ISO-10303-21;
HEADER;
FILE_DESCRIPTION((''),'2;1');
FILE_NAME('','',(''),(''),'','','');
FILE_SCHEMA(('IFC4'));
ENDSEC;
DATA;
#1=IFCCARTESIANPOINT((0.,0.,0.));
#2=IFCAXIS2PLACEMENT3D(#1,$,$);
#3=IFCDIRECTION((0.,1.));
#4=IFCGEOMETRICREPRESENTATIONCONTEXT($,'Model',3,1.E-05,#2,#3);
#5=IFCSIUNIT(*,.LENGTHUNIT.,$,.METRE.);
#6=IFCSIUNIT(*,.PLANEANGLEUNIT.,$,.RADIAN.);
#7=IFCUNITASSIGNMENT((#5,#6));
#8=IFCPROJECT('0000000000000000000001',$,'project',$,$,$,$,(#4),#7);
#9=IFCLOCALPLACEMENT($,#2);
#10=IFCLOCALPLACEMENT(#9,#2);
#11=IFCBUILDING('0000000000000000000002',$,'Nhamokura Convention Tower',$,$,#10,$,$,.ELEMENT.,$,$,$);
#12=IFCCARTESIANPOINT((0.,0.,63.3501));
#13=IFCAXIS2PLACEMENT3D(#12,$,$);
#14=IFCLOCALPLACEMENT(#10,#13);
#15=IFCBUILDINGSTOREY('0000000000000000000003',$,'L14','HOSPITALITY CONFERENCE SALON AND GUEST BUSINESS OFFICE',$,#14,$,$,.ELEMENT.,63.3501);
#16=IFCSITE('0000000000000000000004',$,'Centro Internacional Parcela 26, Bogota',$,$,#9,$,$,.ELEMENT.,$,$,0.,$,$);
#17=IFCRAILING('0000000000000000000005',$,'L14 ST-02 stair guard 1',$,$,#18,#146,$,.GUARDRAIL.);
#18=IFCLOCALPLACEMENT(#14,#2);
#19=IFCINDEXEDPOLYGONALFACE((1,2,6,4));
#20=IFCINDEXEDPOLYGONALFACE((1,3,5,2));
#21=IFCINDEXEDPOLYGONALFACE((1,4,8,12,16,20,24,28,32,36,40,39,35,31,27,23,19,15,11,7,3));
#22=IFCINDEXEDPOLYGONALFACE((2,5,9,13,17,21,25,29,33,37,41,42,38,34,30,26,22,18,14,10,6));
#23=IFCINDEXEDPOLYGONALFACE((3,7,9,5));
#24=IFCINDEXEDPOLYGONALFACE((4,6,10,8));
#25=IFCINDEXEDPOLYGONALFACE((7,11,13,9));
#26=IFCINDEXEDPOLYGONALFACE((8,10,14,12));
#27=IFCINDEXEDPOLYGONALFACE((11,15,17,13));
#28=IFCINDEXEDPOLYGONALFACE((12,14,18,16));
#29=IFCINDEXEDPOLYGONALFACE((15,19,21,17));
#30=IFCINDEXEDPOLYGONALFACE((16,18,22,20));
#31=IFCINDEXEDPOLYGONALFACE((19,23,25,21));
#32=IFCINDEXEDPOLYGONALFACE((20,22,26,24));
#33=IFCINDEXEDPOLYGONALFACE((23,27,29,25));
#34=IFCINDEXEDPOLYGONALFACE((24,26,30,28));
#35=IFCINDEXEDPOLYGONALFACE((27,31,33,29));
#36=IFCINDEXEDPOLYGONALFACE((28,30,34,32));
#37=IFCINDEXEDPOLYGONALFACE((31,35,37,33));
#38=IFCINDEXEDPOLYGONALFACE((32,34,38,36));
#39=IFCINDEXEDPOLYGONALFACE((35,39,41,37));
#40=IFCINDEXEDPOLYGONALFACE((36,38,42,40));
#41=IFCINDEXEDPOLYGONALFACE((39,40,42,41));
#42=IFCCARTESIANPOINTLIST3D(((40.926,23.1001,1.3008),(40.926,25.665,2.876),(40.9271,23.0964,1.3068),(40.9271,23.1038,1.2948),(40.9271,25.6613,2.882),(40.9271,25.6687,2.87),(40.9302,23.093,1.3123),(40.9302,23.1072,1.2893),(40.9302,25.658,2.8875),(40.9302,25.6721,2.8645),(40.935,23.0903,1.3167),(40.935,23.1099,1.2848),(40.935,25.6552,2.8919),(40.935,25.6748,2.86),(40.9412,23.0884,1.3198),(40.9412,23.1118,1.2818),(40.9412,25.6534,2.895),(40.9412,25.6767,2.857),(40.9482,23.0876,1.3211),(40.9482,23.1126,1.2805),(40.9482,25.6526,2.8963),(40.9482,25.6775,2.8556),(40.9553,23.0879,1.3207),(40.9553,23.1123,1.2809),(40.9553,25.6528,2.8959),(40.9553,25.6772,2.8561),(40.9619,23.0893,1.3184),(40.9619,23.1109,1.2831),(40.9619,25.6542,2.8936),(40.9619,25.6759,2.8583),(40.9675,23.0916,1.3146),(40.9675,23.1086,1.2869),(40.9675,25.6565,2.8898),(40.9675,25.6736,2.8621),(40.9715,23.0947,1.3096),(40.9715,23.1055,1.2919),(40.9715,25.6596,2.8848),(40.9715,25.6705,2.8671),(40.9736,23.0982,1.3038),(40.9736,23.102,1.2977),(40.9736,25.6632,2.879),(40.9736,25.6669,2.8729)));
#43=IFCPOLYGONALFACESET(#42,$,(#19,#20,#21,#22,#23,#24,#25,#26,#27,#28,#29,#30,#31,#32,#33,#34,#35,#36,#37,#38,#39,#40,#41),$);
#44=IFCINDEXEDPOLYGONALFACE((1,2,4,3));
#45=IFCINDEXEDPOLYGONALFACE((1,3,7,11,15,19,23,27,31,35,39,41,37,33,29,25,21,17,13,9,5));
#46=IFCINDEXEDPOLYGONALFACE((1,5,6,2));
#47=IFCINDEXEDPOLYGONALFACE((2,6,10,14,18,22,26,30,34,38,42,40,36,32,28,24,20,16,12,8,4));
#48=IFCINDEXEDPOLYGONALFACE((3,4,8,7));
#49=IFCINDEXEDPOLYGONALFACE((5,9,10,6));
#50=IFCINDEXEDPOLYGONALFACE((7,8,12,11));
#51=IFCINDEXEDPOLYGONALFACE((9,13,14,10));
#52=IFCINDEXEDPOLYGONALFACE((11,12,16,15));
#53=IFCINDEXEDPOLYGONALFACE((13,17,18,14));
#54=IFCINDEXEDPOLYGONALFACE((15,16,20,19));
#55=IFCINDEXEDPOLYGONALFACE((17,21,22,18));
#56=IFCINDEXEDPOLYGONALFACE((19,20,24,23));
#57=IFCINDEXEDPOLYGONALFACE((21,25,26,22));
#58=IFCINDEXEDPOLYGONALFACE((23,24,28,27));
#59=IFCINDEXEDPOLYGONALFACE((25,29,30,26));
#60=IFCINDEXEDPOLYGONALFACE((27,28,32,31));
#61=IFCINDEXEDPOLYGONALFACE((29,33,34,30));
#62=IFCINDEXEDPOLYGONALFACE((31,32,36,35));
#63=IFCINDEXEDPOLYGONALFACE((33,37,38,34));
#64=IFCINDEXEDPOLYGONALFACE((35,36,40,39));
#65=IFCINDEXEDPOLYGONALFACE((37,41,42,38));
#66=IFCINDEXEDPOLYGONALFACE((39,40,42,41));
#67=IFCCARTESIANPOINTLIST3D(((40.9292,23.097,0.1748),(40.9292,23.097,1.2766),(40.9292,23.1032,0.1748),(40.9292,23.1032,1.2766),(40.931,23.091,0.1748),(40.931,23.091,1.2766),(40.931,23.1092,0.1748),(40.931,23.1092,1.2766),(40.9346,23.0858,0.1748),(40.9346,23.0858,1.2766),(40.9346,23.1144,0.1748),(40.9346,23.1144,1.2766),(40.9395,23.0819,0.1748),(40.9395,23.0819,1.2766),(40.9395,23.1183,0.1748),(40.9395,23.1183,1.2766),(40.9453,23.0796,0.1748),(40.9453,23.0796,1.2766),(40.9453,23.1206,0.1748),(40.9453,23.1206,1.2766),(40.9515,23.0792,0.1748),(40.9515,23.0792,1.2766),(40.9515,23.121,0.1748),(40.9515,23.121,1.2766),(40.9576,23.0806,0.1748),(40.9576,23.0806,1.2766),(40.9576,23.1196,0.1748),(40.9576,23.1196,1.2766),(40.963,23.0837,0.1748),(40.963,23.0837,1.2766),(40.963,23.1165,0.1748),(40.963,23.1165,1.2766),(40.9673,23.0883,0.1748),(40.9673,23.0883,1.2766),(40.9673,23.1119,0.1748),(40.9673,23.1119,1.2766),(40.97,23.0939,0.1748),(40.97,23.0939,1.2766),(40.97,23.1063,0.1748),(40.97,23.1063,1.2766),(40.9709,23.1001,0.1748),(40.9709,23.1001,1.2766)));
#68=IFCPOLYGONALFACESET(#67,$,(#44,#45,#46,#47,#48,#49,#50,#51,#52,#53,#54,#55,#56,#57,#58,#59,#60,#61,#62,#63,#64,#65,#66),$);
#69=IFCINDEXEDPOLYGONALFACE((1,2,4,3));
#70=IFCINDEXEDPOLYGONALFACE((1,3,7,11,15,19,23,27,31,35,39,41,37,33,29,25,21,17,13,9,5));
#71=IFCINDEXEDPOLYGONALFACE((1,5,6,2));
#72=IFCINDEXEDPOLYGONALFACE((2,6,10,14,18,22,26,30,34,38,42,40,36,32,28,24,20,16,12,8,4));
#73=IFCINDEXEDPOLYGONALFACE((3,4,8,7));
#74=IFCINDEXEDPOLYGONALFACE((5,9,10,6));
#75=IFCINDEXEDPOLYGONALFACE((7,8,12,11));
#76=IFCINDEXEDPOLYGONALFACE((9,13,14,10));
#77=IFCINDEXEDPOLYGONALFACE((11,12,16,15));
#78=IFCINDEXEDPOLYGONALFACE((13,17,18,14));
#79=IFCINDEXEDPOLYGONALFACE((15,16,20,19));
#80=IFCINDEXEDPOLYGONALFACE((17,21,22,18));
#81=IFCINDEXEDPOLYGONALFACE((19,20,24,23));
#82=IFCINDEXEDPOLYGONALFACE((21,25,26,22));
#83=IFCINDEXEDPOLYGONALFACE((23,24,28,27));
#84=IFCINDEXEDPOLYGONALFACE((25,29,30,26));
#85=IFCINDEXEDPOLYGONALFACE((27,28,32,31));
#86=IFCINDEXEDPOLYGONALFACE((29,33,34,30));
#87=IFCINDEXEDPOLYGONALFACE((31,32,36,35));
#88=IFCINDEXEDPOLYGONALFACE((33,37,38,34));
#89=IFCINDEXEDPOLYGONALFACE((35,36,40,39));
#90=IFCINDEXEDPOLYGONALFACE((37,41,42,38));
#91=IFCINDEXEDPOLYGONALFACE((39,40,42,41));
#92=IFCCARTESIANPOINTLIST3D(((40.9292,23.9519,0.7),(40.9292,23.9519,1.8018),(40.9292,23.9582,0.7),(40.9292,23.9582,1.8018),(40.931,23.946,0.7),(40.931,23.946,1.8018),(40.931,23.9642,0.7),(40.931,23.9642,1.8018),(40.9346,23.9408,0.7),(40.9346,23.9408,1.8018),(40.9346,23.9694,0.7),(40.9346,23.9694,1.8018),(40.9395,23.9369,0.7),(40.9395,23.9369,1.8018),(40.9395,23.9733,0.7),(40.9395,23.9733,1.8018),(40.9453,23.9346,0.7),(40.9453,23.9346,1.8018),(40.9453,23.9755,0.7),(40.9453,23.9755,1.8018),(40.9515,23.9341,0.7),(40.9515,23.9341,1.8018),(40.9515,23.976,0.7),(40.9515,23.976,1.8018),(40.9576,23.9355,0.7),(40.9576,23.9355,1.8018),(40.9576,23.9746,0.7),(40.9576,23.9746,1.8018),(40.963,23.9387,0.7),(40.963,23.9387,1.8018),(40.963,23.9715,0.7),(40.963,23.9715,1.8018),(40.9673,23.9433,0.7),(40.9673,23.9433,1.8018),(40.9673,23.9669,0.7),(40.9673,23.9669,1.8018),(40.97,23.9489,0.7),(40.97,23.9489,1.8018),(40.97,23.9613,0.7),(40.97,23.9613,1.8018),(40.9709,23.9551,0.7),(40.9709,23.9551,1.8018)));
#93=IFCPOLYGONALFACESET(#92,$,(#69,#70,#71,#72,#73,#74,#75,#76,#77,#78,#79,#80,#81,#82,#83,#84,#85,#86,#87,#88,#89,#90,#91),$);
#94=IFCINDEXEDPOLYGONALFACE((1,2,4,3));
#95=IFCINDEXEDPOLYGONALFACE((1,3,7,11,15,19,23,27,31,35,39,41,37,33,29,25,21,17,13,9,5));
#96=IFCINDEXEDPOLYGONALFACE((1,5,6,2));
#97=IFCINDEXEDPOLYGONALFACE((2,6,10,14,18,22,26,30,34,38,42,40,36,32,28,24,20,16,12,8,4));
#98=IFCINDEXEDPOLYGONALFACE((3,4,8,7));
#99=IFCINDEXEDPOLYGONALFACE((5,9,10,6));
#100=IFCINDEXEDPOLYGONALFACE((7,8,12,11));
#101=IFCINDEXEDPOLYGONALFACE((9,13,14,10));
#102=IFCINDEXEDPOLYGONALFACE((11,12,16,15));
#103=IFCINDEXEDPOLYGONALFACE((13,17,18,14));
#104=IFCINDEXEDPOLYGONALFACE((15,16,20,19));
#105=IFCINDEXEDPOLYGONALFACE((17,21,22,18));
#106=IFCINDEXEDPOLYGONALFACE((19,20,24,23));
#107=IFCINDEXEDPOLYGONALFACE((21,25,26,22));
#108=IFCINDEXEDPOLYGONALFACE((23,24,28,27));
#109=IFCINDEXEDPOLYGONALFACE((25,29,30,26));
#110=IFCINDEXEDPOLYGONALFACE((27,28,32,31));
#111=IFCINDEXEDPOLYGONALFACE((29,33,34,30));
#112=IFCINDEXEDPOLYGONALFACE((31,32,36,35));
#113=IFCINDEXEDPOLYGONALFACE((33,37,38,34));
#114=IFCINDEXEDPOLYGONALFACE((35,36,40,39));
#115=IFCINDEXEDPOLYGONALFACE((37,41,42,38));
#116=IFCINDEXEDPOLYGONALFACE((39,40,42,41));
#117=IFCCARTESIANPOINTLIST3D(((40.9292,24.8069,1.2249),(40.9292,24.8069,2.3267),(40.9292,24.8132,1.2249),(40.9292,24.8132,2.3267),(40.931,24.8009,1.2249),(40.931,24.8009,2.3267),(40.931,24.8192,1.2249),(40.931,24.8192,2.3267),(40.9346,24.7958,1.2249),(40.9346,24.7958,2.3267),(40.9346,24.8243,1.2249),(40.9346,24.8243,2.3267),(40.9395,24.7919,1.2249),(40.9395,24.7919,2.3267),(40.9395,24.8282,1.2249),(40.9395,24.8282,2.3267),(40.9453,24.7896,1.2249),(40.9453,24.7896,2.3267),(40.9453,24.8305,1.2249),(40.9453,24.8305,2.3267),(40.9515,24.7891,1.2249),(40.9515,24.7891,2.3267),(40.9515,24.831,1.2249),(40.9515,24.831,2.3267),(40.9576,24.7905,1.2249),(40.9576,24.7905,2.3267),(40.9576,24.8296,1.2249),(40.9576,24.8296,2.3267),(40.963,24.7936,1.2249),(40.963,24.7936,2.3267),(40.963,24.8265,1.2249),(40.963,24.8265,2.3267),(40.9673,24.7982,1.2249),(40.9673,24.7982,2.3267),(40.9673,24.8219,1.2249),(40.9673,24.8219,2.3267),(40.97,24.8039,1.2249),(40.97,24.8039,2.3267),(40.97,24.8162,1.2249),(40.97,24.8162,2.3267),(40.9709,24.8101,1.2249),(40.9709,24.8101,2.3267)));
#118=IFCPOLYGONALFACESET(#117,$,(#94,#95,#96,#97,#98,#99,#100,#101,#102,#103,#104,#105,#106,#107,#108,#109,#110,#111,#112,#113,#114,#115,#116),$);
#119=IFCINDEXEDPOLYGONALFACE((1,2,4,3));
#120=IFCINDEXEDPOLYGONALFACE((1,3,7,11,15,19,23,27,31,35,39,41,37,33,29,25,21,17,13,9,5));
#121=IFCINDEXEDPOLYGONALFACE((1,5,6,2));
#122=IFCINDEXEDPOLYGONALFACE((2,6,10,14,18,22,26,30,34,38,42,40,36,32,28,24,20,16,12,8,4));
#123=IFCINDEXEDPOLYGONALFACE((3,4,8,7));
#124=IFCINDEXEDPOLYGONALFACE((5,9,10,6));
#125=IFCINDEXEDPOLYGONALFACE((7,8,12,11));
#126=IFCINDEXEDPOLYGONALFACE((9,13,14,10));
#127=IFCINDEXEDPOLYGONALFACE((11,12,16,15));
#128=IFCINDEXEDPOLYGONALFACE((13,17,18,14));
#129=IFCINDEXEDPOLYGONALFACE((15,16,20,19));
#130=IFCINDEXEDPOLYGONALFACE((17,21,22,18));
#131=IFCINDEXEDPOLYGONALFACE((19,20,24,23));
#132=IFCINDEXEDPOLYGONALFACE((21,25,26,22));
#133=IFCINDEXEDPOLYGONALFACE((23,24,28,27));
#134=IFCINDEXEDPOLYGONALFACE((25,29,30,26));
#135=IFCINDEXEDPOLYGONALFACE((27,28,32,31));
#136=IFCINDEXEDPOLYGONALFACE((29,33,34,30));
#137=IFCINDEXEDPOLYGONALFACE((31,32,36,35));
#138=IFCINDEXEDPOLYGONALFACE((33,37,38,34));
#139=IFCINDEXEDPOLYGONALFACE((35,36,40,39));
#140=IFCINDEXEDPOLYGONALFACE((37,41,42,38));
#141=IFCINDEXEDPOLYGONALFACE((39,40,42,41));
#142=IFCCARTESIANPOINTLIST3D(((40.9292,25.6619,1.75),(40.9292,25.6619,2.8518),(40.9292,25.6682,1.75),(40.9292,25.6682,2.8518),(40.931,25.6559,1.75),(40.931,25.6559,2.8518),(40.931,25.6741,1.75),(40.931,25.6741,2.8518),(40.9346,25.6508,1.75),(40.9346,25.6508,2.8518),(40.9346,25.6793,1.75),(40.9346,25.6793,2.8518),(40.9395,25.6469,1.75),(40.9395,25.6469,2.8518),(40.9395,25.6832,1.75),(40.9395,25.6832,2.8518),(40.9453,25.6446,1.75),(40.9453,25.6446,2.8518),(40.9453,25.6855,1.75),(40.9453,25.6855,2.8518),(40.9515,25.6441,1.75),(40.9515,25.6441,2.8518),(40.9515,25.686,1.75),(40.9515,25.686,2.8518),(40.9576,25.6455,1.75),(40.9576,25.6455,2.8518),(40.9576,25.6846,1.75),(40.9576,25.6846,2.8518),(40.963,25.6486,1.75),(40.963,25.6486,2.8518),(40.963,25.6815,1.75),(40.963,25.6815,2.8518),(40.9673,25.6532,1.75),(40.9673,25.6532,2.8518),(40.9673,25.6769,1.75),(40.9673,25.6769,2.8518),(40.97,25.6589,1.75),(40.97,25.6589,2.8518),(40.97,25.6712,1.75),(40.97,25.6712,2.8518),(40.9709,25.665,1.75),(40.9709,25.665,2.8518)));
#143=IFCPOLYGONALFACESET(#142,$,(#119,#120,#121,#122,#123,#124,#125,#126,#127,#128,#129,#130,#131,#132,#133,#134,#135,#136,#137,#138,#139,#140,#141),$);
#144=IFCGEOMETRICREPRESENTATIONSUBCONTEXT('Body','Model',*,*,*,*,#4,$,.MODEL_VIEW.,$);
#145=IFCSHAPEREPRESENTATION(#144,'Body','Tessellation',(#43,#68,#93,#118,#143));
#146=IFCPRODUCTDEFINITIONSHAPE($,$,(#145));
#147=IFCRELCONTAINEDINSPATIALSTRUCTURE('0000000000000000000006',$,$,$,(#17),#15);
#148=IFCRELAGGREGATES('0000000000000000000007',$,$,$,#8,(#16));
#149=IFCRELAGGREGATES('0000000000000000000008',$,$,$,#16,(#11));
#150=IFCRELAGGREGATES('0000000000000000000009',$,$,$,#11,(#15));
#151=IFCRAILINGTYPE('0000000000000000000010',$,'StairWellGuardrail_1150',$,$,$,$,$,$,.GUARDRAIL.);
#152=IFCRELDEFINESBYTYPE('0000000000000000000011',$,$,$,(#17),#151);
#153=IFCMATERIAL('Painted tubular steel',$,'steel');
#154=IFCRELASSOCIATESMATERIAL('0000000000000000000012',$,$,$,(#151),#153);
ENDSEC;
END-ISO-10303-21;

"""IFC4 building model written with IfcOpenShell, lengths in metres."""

from ifc_helpers import new_model, si_unit, direction, frame, origin, origin_2d, place, context, subcontext, project, spatial, circle, extrude, material, type_object, element, save


model = new_model("IFC4")

# Units and contexts
model_context = context("Model", 3, precision=1e-05, world=origin(), true_north=direction((0.0, 1.0)))
body_context = subcontext(model_context, "Body", "Model", "MODEL_VIEW")
ifc_project = project(units=[si_unit("LENGTHUNIT", "METRE"), si_unit("PLANEANGLEUNIT", "RADIAN")], contexts=[model_context])

# Site, building, storey
site_placement = place(None, origin())
site = spatial("IfcSite", under=ifc_project, at=site_placement, Name="Centro Internacional Parcela 26, Bogota", CompositionType="ELEMENT", RefElevation=0.0)
building_placement = place(site_placement, origin())
building = spatial("IfcBuilding", under=site, at=building_placement, Name="Nhamokura Convention Tower", CompositionType="ELEMENT")
storey_placement = place(building_placement, frame((0.0, 0.0, 63.3501)))
storey = spatial("IfcBuildingStorey", under=building, at=storey_placement, Name="L14", Description="HOSPITALITY CONFERENCE SALON AND GUEST BUSINESS OFFICE", CompositionType="ELEMENT", Elevation=63.3501)

# Railing
ifc_material_1 = material(Name="Painted tubular steel", Category="steel")
railing_type_1 = type_object("IfcRailingType", Name="StairWellGuardrail_1150", PredefinedType="GUARDRAIL", material=ifc_material_1)
railing_1_placement = place(storey_placement, frame((40.95, 23.1001, 0.1748)))
element("IfcRailing", 1, at=railing_1_placement, inside=storey, type_object=railing_type_1, Name="L14 ST-02 stair guard 1", PredefinedType="GUARDRAIL", context=body_context, shape_type="SweptSolid", body=[
    extrude(circle(Radius=0.0239, at=origin_2d()), frame((0.0, 0.0, 1.126), z_axis=(0.0, 0.852137, 0.523319), x_axis=(-1.0, 0.0, 0.0)), (0.0, 0.0, 1.0), 3.01),
    extrude(circle(Radius=0.021, at=origin_2d()), origin(), (0.0, 0.0, 1.0), 1.1018),
    extrude(circle(Radius=0.021, at=origin_2d()), frame((0.0, 0.855, 0.5251)), (0.0, 0.0, 1.0), 1.1018),
    extrude(circle(Radius=0.021, at=origin_2d()), frame((0.0, 1.71, 1.05)), (0.0, 0.0, 1.0), 1.1018),
    extrude(circle(Radius=0.021, at=origin_2d()), frame((0.0, 2.5649, 1.5752)), (0.0, 0.0, 1.0), 1.1018),
])

save(model, "model.ifc")
